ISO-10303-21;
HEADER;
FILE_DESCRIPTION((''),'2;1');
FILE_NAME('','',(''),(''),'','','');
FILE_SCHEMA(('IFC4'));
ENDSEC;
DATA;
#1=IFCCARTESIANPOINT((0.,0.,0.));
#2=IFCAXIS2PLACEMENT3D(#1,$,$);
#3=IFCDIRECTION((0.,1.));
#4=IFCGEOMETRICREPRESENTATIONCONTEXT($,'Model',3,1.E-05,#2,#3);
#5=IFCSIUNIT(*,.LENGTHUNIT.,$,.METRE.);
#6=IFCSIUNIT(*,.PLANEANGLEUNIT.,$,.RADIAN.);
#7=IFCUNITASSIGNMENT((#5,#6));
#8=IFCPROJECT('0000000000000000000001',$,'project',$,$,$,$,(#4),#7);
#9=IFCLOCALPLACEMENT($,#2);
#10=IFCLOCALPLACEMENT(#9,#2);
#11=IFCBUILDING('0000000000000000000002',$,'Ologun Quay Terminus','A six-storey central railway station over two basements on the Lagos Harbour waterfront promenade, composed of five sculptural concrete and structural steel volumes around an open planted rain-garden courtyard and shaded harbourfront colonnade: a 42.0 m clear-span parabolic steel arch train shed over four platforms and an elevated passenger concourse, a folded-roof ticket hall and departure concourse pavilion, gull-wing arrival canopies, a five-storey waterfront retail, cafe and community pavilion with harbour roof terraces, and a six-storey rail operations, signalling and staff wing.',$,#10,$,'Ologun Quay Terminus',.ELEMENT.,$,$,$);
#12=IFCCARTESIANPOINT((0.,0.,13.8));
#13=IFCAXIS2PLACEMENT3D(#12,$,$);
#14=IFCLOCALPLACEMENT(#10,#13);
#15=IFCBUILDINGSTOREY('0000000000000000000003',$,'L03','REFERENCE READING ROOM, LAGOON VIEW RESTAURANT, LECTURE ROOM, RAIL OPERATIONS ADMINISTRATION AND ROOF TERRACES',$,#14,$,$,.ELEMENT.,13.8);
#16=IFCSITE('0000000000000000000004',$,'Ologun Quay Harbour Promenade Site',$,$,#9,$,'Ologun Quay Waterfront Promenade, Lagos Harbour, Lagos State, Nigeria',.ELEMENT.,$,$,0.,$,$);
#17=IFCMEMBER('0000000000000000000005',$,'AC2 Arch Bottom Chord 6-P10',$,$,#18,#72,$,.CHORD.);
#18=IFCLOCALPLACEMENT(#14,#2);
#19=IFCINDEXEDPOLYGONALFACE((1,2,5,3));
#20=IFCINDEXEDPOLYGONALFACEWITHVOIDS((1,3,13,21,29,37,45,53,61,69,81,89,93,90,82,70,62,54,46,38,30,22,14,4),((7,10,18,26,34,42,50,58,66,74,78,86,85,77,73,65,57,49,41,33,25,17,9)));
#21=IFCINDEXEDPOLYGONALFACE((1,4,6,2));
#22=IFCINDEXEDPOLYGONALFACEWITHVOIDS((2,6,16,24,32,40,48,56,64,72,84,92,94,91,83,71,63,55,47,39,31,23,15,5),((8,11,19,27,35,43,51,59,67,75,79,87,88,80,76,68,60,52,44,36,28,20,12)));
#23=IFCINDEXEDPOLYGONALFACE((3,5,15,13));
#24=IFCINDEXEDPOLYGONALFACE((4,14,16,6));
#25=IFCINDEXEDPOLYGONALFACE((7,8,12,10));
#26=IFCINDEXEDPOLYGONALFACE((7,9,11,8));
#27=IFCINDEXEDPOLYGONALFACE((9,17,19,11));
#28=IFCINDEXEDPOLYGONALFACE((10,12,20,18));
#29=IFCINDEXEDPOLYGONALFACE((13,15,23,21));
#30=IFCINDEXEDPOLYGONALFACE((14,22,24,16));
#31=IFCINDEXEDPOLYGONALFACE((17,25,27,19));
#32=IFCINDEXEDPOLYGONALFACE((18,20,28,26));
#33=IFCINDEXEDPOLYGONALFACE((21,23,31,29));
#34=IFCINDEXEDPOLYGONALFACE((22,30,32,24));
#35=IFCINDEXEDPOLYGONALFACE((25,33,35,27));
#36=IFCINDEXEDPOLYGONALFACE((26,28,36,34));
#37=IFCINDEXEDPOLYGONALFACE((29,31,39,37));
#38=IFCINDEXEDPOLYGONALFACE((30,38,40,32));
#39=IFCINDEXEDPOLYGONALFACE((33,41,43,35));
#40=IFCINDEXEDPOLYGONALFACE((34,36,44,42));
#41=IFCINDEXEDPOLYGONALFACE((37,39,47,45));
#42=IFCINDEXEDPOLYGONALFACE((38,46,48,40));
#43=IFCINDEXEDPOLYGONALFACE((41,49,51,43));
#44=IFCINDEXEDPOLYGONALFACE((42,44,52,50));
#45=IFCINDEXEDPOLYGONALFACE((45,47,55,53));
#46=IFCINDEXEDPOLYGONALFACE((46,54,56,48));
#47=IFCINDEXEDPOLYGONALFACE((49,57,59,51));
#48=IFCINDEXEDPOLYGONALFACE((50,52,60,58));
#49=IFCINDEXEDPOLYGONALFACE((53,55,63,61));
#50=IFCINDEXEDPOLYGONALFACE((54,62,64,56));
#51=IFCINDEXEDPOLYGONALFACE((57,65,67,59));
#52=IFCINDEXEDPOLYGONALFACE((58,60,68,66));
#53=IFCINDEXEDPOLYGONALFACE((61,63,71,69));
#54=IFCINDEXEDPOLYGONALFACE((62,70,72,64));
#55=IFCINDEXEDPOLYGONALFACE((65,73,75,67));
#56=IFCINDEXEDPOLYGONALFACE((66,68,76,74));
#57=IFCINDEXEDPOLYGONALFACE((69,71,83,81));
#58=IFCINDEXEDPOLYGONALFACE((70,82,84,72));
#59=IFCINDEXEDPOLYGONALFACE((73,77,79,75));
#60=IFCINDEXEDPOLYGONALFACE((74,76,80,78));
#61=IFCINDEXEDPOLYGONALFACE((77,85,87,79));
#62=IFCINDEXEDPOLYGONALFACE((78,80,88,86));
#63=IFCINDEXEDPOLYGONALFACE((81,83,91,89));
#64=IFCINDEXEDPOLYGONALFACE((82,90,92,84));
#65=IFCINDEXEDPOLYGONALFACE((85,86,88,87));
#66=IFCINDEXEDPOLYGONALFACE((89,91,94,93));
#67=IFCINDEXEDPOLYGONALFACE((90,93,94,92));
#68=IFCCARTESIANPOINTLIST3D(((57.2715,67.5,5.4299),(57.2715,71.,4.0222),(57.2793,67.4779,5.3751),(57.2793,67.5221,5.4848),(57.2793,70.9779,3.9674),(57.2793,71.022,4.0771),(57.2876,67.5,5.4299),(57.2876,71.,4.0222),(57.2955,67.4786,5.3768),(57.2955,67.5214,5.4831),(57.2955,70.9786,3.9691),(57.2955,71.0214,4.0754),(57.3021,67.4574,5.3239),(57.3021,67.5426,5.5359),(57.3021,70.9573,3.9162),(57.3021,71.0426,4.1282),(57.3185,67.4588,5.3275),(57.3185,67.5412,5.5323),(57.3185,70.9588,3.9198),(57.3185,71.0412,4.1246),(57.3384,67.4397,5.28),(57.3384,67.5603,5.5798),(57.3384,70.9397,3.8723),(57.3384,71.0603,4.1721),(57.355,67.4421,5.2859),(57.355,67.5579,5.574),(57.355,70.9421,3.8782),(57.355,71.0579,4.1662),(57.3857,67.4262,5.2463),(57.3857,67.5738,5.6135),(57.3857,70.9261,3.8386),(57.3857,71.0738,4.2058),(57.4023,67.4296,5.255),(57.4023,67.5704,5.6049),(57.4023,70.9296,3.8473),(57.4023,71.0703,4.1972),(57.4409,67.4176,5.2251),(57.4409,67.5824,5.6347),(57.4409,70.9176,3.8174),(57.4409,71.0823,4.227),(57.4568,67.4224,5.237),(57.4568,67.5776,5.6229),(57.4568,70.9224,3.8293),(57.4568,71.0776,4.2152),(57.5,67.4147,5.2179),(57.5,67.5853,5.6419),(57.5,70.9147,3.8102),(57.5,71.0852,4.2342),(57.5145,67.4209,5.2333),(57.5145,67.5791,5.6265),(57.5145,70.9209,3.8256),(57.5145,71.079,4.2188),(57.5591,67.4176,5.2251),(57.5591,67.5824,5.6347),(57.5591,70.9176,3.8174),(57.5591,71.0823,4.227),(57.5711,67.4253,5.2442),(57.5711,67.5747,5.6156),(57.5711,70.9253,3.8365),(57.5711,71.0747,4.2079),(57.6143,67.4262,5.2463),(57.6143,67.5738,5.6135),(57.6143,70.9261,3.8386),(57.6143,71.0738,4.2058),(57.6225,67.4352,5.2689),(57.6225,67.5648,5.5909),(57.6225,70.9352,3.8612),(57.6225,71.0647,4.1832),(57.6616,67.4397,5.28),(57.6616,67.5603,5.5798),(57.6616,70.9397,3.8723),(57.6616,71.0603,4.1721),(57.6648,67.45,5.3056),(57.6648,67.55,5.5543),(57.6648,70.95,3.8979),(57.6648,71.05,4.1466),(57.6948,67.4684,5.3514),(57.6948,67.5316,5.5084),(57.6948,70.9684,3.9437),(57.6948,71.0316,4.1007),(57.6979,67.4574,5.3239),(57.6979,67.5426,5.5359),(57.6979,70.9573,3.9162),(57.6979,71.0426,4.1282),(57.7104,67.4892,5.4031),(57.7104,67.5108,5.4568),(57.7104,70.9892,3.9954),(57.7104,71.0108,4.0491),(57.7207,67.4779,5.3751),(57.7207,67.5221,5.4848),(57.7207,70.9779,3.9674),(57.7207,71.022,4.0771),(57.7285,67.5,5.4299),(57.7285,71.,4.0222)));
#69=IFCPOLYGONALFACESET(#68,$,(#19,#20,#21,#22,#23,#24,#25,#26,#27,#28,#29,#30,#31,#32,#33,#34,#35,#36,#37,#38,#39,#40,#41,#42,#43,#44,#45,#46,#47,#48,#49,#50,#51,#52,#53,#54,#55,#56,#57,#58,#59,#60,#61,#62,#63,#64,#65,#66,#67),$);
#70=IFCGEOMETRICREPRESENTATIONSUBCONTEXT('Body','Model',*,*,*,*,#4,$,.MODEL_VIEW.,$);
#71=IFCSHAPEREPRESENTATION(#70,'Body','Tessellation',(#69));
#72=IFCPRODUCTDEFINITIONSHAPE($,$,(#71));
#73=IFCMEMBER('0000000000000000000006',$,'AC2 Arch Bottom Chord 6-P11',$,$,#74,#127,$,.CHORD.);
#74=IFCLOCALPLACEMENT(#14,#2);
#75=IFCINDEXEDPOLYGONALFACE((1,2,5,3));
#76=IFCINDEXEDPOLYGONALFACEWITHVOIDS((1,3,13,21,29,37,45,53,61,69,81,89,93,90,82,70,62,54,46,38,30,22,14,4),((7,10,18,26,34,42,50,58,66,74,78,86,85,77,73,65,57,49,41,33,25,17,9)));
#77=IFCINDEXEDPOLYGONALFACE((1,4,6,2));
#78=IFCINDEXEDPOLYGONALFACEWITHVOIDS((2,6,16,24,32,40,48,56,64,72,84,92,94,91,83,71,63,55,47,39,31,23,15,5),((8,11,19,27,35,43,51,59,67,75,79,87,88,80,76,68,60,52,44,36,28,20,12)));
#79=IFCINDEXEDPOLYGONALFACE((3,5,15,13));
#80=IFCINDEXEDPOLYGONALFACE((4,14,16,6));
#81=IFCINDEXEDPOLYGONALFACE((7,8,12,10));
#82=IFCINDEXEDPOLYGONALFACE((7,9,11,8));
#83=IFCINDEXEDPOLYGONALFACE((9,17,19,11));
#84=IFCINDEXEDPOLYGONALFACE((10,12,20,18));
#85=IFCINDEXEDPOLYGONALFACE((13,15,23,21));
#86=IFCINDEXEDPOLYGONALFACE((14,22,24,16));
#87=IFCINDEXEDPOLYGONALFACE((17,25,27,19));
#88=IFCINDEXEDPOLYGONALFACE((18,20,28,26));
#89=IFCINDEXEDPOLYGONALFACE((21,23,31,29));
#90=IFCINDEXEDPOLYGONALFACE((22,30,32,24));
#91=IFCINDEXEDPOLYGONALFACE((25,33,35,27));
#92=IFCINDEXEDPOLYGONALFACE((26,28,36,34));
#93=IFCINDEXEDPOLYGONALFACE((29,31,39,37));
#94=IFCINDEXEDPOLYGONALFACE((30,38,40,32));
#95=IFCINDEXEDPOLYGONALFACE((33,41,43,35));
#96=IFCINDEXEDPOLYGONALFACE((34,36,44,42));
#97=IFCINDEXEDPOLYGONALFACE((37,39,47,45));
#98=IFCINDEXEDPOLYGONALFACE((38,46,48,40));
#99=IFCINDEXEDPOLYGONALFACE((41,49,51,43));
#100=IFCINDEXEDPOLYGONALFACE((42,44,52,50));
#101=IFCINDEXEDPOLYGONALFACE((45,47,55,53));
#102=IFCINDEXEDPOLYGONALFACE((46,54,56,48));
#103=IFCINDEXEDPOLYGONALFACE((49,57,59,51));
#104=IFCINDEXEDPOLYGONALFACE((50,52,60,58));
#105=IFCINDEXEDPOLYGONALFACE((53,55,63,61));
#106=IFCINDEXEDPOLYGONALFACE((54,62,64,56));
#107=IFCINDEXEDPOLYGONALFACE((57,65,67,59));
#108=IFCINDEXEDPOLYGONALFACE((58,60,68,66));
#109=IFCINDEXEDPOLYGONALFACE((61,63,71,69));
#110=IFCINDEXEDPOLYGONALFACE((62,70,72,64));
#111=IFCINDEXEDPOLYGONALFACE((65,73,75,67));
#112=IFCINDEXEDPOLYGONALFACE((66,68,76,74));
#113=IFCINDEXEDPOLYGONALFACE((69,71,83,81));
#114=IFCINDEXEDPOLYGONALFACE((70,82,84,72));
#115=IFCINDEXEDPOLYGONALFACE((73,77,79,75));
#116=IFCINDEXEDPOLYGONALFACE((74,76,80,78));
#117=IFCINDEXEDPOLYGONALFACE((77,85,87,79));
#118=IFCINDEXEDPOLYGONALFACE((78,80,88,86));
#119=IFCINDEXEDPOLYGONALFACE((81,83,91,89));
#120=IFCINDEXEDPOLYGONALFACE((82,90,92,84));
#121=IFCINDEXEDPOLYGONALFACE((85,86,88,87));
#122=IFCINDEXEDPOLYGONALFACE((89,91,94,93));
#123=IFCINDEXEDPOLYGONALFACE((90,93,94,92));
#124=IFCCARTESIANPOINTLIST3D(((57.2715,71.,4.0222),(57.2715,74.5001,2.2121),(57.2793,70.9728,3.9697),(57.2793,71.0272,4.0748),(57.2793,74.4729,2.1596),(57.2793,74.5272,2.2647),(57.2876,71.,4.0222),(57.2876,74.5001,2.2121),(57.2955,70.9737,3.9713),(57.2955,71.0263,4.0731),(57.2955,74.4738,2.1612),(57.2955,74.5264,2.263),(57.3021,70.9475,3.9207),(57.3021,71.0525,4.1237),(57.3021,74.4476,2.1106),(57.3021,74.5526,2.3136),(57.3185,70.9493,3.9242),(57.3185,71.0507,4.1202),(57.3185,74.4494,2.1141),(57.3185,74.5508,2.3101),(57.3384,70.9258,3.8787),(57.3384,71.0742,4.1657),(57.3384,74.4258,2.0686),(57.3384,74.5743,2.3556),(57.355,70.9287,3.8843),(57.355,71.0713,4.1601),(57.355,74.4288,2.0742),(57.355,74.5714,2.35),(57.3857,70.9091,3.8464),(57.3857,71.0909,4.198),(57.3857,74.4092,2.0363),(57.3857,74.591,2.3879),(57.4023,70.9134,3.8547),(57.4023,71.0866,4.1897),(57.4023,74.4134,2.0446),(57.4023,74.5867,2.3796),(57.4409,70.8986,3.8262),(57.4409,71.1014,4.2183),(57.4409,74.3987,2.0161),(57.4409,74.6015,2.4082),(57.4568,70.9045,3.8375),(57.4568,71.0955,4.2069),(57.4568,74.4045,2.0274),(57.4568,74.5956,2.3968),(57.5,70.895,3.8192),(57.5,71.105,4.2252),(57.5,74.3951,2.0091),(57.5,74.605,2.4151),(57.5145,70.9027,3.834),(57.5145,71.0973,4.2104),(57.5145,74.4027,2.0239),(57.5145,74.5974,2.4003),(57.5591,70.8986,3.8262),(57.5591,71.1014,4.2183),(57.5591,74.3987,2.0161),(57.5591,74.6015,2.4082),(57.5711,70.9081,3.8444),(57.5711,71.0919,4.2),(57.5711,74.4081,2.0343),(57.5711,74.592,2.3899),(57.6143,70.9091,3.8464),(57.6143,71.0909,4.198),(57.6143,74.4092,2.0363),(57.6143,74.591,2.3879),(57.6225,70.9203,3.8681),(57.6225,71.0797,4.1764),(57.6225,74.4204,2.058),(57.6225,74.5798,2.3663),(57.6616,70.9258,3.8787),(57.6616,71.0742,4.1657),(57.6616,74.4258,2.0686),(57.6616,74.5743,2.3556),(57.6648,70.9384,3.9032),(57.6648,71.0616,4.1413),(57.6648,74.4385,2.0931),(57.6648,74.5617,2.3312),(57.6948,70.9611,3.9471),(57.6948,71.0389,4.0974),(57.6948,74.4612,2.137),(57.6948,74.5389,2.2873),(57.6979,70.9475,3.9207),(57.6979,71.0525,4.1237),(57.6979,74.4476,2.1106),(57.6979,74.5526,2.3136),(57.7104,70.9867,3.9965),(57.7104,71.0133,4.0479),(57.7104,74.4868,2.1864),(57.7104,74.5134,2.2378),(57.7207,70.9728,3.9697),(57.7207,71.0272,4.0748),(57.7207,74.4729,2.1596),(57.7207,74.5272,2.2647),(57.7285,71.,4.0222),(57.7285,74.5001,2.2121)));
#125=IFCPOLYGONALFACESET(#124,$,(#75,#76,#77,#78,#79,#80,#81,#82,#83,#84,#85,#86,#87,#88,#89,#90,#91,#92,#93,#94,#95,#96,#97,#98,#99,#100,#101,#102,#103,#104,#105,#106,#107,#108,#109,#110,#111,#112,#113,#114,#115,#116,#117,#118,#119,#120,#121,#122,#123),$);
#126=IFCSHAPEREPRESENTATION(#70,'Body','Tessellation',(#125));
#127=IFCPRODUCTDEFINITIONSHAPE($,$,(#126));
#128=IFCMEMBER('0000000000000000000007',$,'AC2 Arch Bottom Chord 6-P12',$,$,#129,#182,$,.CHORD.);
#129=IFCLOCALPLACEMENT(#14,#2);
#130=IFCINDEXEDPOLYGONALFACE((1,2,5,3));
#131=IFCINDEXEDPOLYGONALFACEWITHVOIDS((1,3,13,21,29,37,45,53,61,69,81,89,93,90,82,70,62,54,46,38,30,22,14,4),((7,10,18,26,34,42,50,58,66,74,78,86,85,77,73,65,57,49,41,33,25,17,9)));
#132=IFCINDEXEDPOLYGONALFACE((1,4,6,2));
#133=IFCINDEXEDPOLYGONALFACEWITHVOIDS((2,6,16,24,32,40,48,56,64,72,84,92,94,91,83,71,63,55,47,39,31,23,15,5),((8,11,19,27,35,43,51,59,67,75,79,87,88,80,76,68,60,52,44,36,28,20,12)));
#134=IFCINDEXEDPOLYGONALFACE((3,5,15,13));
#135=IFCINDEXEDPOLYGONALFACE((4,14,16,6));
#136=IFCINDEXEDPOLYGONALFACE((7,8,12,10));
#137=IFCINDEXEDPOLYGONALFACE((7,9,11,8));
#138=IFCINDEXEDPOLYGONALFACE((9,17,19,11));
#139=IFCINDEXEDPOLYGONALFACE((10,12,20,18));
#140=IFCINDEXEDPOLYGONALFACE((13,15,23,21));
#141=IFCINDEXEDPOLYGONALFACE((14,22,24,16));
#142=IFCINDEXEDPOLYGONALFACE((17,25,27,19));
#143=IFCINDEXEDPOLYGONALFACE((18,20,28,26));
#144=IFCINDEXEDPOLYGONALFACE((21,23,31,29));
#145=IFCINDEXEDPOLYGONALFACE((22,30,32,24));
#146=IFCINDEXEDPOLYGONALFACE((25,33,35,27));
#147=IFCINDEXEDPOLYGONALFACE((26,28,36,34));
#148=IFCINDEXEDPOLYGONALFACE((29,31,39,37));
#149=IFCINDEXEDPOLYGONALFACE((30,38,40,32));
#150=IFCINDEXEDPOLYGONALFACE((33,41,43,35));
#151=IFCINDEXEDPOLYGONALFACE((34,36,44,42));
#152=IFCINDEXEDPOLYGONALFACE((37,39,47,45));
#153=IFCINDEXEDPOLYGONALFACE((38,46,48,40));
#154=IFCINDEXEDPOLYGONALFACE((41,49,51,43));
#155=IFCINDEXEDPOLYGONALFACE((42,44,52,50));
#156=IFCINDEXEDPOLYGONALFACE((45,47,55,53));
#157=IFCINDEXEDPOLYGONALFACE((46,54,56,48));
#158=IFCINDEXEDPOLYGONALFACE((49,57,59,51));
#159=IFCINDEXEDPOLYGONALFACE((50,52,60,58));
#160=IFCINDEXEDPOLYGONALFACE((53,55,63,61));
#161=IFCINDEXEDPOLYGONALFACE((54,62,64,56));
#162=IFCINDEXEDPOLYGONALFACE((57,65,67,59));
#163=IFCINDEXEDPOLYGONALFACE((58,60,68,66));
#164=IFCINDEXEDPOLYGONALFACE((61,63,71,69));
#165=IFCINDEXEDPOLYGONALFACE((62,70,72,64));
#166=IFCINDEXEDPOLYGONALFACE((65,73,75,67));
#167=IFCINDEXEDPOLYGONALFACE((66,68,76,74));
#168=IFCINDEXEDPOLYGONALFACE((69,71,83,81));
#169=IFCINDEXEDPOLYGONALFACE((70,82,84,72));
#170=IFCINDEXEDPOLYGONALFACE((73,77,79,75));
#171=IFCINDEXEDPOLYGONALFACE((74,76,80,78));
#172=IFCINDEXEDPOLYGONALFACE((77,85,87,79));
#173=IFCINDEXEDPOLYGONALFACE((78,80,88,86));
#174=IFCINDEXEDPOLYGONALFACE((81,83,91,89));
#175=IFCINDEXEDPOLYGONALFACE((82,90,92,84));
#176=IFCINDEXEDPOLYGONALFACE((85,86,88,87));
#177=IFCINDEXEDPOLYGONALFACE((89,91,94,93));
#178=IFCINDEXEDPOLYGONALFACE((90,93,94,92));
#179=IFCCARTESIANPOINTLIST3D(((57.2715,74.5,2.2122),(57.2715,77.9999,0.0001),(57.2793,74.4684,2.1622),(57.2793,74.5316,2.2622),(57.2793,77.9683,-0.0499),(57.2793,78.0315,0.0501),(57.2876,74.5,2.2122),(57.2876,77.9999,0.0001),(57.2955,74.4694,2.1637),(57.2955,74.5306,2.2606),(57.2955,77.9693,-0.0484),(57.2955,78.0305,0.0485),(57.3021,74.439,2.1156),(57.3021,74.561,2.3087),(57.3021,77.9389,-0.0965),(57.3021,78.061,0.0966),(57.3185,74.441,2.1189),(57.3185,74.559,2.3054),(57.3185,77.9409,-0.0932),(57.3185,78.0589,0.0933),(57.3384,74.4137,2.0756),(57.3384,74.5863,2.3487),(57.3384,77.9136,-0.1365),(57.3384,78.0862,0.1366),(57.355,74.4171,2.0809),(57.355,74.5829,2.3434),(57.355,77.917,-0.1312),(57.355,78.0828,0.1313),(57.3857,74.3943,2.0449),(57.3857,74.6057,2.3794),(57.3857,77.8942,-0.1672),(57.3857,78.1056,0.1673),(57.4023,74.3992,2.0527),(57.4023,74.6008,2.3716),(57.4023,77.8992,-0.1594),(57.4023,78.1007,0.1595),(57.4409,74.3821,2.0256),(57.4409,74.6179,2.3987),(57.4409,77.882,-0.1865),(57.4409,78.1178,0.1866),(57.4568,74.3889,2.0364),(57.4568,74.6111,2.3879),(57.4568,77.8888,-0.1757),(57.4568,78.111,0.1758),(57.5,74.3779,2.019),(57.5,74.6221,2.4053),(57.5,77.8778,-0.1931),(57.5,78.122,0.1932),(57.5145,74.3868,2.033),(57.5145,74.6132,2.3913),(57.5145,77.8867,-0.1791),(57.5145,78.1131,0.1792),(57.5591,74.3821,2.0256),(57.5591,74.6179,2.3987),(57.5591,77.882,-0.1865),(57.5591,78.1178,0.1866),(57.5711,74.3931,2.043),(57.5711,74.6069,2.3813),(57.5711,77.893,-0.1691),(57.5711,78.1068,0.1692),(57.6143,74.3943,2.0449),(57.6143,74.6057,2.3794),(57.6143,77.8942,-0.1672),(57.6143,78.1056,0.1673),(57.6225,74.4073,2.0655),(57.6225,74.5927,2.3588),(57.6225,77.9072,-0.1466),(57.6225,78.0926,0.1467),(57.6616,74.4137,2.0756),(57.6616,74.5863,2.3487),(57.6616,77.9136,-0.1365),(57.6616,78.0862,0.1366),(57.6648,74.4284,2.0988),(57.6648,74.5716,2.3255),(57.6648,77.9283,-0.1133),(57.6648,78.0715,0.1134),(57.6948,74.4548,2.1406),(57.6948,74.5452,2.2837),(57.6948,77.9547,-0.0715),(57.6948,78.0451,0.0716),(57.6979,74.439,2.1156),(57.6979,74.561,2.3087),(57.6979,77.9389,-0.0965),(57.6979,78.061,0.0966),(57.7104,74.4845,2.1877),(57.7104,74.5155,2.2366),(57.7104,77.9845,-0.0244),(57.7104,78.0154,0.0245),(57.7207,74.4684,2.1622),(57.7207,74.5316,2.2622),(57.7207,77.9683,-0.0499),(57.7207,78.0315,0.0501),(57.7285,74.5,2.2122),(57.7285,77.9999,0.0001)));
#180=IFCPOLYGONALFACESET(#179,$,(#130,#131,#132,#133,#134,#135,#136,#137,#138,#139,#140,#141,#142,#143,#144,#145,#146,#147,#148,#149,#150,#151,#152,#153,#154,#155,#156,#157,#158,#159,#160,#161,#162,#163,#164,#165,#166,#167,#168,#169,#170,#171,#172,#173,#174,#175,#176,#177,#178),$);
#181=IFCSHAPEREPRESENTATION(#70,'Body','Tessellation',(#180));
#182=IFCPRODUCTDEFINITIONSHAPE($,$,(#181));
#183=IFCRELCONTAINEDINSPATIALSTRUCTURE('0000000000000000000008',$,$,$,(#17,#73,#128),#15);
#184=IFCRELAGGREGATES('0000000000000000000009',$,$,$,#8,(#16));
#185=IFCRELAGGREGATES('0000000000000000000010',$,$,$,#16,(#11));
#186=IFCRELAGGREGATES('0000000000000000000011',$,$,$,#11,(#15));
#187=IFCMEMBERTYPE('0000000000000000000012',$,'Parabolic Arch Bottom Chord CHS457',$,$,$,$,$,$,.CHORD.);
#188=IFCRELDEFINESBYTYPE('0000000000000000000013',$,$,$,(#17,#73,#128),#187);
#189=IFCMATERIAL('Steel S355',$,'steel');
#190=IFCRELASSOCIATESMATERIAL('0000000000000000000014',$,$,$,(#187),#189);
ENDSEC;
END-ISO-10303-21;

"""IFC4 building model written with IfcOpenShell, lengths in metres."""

from ifc_helpers import new_model, si_unit, direction, frame, origin, origin_2d, place, context, subcontext, project, spatial, hollow_circle, extrude, material, material_profile, profile_set, type_object, element, save


model = new_model("IFC4")

# Units and contexts
model_context = context("Model", 3, precision=1e-05, world=origin(), true_north=direction((0.0, 1.0)))
body_context = subcontext(model_context, "Body", "Model", "MODEL_VIEW")
ifc_project = project(units=[si_unit("LENGTHUNIT", "METRE"), si_unit("PLANEANGLEUNIT", "RADIAN")], contexts=[model_context])

# Site, building, storey
site_placement = place(None, origin())
site = spatial("IfcSite", under=ifc_project, at=site_placement, Name="Ologun Quay Harbour Promenade Site", LongName="Ologun Quay Waterfront Promenade, Lagos Harbour, Lagos State, Nigeria", CompositionType="ELEMENT", RefElevation=0.0)
building_placement = place(site_placement, origin())
building = spatial("IfcBuilding", under=site, at=building_placement, Name="Ologun Quay Terminus", Description="A six-storey central railway station over two basements on the Lagos Harbour waterfront promenade, composed of five sculptural concrete and structural steel volumes around an open planted rain-garden courtyard and shaded harbourfront colonnade: a 42.0 m clear-span parabolic steel arch train shed over four platforms and an elevated passenger concourse, a folded-roof ticket hall and departure concourse pavilion, gull-wing arrival canopies, a five-storey waterfront retail, cafe and community pavilion with harbour roof terraces, and a six-storey rail operations, signalling and staff wing.", LongName="Ologun Quay Terminus", CompositionType="ELEMENT")
storey_placement = place(building_placement, frame((0.0, 0.0, 13.8)))
storey = spatial("IfcBuildingStorey", under=building, at=storey_placement, Name="L03", Description="REFERENCE READING ROOM, LAGOON VIEW RESTAURANT, LECTURE ROOM, RAIL OPERATIONS ADMINISTRATION AND ROOF TERRACES", CompositionType="ELEMENT", Elevation=13.8)

# Members
ifc_material_1 = material(Name="Steel S355", Category="steel")
ifc_material_profile_1 = material_profile(ifc_material_1, hollow_circle(Radius=0.2285, WallThickness=0.0161, at=origin_2d()), Name="CHS 457x16")
ifc_profile_set_1 = profile_set([ifc_material_profile_1], Name="Steel S355")
member_type_1 = type_object("IfcMemberType", Name="Parabolic Arch Bottom Chord CHS457", PredefinedType="CHORD", material=ifc_profile_set_1)
member_1_placement = place(storey_placement, frame((57.5, 67.5, 5.4299), z_axis=(0.0, 0.92777, -0.373153), x_axis=(-1.0, 0.0, 0.0)))
element("IfcMember", 1, at=member_1_placement, inside=storey, type_object=member_type_1, Name="AC2 Arch Bottom Chord 6-P10", PredefinedType="CHORD", context=body_context, shape_type="SweptSolid", body=[
    extrude(hollow_circle(Radius=0.2285, WallThickness=0.0161, at=origin_2d()), origin(), (0.0, 0.0, 1.0), 3.7725),
])
member_2_placement = place(storey_placement, frame((57.5, 71.0, 4.0222), z_axis=(0.0, 0.888247, -0.459366), x_axis=(-1.0, 0.0, 0.0)))
element("IfcMember", 2, at=member_2_placement, inside=storey, type_object=member_type_1, Name="AC2 Arch Bottom Chord 6-P11", PredefinedType="CHORD", context=body_context, shape_type="SweptSolid", body=[
    extrude(hollow_circle(Radius=0.2285, WallThickness=0.0161, at=origin_2d()), origin(), (0.0, 0.0, 1.0), 3.9404),
])
member_3_placement = place(storey_placement, frame((57.5, 74.5, 2.2122), z_axis=(0.0, 0.845311, -0.534275), x_axis=(-1.0, 0.0, 0.0)))
element("IfcMember", 3, at=member_3_placement, inside=storey, type_object=member_type_1, Name="AC2 Arch Bottom Chord 6-P12", PredefinedType="CHORD", context=body_context, shape_type="SweptSolid", body=[
    extrude(hollow_circle(Radius=0.2285, WallThickness=0.0161, at=origin_2d()), origin(), (0.0, 0.0, 1.0), 4.1404),
])

save(model, "model.ifc")
